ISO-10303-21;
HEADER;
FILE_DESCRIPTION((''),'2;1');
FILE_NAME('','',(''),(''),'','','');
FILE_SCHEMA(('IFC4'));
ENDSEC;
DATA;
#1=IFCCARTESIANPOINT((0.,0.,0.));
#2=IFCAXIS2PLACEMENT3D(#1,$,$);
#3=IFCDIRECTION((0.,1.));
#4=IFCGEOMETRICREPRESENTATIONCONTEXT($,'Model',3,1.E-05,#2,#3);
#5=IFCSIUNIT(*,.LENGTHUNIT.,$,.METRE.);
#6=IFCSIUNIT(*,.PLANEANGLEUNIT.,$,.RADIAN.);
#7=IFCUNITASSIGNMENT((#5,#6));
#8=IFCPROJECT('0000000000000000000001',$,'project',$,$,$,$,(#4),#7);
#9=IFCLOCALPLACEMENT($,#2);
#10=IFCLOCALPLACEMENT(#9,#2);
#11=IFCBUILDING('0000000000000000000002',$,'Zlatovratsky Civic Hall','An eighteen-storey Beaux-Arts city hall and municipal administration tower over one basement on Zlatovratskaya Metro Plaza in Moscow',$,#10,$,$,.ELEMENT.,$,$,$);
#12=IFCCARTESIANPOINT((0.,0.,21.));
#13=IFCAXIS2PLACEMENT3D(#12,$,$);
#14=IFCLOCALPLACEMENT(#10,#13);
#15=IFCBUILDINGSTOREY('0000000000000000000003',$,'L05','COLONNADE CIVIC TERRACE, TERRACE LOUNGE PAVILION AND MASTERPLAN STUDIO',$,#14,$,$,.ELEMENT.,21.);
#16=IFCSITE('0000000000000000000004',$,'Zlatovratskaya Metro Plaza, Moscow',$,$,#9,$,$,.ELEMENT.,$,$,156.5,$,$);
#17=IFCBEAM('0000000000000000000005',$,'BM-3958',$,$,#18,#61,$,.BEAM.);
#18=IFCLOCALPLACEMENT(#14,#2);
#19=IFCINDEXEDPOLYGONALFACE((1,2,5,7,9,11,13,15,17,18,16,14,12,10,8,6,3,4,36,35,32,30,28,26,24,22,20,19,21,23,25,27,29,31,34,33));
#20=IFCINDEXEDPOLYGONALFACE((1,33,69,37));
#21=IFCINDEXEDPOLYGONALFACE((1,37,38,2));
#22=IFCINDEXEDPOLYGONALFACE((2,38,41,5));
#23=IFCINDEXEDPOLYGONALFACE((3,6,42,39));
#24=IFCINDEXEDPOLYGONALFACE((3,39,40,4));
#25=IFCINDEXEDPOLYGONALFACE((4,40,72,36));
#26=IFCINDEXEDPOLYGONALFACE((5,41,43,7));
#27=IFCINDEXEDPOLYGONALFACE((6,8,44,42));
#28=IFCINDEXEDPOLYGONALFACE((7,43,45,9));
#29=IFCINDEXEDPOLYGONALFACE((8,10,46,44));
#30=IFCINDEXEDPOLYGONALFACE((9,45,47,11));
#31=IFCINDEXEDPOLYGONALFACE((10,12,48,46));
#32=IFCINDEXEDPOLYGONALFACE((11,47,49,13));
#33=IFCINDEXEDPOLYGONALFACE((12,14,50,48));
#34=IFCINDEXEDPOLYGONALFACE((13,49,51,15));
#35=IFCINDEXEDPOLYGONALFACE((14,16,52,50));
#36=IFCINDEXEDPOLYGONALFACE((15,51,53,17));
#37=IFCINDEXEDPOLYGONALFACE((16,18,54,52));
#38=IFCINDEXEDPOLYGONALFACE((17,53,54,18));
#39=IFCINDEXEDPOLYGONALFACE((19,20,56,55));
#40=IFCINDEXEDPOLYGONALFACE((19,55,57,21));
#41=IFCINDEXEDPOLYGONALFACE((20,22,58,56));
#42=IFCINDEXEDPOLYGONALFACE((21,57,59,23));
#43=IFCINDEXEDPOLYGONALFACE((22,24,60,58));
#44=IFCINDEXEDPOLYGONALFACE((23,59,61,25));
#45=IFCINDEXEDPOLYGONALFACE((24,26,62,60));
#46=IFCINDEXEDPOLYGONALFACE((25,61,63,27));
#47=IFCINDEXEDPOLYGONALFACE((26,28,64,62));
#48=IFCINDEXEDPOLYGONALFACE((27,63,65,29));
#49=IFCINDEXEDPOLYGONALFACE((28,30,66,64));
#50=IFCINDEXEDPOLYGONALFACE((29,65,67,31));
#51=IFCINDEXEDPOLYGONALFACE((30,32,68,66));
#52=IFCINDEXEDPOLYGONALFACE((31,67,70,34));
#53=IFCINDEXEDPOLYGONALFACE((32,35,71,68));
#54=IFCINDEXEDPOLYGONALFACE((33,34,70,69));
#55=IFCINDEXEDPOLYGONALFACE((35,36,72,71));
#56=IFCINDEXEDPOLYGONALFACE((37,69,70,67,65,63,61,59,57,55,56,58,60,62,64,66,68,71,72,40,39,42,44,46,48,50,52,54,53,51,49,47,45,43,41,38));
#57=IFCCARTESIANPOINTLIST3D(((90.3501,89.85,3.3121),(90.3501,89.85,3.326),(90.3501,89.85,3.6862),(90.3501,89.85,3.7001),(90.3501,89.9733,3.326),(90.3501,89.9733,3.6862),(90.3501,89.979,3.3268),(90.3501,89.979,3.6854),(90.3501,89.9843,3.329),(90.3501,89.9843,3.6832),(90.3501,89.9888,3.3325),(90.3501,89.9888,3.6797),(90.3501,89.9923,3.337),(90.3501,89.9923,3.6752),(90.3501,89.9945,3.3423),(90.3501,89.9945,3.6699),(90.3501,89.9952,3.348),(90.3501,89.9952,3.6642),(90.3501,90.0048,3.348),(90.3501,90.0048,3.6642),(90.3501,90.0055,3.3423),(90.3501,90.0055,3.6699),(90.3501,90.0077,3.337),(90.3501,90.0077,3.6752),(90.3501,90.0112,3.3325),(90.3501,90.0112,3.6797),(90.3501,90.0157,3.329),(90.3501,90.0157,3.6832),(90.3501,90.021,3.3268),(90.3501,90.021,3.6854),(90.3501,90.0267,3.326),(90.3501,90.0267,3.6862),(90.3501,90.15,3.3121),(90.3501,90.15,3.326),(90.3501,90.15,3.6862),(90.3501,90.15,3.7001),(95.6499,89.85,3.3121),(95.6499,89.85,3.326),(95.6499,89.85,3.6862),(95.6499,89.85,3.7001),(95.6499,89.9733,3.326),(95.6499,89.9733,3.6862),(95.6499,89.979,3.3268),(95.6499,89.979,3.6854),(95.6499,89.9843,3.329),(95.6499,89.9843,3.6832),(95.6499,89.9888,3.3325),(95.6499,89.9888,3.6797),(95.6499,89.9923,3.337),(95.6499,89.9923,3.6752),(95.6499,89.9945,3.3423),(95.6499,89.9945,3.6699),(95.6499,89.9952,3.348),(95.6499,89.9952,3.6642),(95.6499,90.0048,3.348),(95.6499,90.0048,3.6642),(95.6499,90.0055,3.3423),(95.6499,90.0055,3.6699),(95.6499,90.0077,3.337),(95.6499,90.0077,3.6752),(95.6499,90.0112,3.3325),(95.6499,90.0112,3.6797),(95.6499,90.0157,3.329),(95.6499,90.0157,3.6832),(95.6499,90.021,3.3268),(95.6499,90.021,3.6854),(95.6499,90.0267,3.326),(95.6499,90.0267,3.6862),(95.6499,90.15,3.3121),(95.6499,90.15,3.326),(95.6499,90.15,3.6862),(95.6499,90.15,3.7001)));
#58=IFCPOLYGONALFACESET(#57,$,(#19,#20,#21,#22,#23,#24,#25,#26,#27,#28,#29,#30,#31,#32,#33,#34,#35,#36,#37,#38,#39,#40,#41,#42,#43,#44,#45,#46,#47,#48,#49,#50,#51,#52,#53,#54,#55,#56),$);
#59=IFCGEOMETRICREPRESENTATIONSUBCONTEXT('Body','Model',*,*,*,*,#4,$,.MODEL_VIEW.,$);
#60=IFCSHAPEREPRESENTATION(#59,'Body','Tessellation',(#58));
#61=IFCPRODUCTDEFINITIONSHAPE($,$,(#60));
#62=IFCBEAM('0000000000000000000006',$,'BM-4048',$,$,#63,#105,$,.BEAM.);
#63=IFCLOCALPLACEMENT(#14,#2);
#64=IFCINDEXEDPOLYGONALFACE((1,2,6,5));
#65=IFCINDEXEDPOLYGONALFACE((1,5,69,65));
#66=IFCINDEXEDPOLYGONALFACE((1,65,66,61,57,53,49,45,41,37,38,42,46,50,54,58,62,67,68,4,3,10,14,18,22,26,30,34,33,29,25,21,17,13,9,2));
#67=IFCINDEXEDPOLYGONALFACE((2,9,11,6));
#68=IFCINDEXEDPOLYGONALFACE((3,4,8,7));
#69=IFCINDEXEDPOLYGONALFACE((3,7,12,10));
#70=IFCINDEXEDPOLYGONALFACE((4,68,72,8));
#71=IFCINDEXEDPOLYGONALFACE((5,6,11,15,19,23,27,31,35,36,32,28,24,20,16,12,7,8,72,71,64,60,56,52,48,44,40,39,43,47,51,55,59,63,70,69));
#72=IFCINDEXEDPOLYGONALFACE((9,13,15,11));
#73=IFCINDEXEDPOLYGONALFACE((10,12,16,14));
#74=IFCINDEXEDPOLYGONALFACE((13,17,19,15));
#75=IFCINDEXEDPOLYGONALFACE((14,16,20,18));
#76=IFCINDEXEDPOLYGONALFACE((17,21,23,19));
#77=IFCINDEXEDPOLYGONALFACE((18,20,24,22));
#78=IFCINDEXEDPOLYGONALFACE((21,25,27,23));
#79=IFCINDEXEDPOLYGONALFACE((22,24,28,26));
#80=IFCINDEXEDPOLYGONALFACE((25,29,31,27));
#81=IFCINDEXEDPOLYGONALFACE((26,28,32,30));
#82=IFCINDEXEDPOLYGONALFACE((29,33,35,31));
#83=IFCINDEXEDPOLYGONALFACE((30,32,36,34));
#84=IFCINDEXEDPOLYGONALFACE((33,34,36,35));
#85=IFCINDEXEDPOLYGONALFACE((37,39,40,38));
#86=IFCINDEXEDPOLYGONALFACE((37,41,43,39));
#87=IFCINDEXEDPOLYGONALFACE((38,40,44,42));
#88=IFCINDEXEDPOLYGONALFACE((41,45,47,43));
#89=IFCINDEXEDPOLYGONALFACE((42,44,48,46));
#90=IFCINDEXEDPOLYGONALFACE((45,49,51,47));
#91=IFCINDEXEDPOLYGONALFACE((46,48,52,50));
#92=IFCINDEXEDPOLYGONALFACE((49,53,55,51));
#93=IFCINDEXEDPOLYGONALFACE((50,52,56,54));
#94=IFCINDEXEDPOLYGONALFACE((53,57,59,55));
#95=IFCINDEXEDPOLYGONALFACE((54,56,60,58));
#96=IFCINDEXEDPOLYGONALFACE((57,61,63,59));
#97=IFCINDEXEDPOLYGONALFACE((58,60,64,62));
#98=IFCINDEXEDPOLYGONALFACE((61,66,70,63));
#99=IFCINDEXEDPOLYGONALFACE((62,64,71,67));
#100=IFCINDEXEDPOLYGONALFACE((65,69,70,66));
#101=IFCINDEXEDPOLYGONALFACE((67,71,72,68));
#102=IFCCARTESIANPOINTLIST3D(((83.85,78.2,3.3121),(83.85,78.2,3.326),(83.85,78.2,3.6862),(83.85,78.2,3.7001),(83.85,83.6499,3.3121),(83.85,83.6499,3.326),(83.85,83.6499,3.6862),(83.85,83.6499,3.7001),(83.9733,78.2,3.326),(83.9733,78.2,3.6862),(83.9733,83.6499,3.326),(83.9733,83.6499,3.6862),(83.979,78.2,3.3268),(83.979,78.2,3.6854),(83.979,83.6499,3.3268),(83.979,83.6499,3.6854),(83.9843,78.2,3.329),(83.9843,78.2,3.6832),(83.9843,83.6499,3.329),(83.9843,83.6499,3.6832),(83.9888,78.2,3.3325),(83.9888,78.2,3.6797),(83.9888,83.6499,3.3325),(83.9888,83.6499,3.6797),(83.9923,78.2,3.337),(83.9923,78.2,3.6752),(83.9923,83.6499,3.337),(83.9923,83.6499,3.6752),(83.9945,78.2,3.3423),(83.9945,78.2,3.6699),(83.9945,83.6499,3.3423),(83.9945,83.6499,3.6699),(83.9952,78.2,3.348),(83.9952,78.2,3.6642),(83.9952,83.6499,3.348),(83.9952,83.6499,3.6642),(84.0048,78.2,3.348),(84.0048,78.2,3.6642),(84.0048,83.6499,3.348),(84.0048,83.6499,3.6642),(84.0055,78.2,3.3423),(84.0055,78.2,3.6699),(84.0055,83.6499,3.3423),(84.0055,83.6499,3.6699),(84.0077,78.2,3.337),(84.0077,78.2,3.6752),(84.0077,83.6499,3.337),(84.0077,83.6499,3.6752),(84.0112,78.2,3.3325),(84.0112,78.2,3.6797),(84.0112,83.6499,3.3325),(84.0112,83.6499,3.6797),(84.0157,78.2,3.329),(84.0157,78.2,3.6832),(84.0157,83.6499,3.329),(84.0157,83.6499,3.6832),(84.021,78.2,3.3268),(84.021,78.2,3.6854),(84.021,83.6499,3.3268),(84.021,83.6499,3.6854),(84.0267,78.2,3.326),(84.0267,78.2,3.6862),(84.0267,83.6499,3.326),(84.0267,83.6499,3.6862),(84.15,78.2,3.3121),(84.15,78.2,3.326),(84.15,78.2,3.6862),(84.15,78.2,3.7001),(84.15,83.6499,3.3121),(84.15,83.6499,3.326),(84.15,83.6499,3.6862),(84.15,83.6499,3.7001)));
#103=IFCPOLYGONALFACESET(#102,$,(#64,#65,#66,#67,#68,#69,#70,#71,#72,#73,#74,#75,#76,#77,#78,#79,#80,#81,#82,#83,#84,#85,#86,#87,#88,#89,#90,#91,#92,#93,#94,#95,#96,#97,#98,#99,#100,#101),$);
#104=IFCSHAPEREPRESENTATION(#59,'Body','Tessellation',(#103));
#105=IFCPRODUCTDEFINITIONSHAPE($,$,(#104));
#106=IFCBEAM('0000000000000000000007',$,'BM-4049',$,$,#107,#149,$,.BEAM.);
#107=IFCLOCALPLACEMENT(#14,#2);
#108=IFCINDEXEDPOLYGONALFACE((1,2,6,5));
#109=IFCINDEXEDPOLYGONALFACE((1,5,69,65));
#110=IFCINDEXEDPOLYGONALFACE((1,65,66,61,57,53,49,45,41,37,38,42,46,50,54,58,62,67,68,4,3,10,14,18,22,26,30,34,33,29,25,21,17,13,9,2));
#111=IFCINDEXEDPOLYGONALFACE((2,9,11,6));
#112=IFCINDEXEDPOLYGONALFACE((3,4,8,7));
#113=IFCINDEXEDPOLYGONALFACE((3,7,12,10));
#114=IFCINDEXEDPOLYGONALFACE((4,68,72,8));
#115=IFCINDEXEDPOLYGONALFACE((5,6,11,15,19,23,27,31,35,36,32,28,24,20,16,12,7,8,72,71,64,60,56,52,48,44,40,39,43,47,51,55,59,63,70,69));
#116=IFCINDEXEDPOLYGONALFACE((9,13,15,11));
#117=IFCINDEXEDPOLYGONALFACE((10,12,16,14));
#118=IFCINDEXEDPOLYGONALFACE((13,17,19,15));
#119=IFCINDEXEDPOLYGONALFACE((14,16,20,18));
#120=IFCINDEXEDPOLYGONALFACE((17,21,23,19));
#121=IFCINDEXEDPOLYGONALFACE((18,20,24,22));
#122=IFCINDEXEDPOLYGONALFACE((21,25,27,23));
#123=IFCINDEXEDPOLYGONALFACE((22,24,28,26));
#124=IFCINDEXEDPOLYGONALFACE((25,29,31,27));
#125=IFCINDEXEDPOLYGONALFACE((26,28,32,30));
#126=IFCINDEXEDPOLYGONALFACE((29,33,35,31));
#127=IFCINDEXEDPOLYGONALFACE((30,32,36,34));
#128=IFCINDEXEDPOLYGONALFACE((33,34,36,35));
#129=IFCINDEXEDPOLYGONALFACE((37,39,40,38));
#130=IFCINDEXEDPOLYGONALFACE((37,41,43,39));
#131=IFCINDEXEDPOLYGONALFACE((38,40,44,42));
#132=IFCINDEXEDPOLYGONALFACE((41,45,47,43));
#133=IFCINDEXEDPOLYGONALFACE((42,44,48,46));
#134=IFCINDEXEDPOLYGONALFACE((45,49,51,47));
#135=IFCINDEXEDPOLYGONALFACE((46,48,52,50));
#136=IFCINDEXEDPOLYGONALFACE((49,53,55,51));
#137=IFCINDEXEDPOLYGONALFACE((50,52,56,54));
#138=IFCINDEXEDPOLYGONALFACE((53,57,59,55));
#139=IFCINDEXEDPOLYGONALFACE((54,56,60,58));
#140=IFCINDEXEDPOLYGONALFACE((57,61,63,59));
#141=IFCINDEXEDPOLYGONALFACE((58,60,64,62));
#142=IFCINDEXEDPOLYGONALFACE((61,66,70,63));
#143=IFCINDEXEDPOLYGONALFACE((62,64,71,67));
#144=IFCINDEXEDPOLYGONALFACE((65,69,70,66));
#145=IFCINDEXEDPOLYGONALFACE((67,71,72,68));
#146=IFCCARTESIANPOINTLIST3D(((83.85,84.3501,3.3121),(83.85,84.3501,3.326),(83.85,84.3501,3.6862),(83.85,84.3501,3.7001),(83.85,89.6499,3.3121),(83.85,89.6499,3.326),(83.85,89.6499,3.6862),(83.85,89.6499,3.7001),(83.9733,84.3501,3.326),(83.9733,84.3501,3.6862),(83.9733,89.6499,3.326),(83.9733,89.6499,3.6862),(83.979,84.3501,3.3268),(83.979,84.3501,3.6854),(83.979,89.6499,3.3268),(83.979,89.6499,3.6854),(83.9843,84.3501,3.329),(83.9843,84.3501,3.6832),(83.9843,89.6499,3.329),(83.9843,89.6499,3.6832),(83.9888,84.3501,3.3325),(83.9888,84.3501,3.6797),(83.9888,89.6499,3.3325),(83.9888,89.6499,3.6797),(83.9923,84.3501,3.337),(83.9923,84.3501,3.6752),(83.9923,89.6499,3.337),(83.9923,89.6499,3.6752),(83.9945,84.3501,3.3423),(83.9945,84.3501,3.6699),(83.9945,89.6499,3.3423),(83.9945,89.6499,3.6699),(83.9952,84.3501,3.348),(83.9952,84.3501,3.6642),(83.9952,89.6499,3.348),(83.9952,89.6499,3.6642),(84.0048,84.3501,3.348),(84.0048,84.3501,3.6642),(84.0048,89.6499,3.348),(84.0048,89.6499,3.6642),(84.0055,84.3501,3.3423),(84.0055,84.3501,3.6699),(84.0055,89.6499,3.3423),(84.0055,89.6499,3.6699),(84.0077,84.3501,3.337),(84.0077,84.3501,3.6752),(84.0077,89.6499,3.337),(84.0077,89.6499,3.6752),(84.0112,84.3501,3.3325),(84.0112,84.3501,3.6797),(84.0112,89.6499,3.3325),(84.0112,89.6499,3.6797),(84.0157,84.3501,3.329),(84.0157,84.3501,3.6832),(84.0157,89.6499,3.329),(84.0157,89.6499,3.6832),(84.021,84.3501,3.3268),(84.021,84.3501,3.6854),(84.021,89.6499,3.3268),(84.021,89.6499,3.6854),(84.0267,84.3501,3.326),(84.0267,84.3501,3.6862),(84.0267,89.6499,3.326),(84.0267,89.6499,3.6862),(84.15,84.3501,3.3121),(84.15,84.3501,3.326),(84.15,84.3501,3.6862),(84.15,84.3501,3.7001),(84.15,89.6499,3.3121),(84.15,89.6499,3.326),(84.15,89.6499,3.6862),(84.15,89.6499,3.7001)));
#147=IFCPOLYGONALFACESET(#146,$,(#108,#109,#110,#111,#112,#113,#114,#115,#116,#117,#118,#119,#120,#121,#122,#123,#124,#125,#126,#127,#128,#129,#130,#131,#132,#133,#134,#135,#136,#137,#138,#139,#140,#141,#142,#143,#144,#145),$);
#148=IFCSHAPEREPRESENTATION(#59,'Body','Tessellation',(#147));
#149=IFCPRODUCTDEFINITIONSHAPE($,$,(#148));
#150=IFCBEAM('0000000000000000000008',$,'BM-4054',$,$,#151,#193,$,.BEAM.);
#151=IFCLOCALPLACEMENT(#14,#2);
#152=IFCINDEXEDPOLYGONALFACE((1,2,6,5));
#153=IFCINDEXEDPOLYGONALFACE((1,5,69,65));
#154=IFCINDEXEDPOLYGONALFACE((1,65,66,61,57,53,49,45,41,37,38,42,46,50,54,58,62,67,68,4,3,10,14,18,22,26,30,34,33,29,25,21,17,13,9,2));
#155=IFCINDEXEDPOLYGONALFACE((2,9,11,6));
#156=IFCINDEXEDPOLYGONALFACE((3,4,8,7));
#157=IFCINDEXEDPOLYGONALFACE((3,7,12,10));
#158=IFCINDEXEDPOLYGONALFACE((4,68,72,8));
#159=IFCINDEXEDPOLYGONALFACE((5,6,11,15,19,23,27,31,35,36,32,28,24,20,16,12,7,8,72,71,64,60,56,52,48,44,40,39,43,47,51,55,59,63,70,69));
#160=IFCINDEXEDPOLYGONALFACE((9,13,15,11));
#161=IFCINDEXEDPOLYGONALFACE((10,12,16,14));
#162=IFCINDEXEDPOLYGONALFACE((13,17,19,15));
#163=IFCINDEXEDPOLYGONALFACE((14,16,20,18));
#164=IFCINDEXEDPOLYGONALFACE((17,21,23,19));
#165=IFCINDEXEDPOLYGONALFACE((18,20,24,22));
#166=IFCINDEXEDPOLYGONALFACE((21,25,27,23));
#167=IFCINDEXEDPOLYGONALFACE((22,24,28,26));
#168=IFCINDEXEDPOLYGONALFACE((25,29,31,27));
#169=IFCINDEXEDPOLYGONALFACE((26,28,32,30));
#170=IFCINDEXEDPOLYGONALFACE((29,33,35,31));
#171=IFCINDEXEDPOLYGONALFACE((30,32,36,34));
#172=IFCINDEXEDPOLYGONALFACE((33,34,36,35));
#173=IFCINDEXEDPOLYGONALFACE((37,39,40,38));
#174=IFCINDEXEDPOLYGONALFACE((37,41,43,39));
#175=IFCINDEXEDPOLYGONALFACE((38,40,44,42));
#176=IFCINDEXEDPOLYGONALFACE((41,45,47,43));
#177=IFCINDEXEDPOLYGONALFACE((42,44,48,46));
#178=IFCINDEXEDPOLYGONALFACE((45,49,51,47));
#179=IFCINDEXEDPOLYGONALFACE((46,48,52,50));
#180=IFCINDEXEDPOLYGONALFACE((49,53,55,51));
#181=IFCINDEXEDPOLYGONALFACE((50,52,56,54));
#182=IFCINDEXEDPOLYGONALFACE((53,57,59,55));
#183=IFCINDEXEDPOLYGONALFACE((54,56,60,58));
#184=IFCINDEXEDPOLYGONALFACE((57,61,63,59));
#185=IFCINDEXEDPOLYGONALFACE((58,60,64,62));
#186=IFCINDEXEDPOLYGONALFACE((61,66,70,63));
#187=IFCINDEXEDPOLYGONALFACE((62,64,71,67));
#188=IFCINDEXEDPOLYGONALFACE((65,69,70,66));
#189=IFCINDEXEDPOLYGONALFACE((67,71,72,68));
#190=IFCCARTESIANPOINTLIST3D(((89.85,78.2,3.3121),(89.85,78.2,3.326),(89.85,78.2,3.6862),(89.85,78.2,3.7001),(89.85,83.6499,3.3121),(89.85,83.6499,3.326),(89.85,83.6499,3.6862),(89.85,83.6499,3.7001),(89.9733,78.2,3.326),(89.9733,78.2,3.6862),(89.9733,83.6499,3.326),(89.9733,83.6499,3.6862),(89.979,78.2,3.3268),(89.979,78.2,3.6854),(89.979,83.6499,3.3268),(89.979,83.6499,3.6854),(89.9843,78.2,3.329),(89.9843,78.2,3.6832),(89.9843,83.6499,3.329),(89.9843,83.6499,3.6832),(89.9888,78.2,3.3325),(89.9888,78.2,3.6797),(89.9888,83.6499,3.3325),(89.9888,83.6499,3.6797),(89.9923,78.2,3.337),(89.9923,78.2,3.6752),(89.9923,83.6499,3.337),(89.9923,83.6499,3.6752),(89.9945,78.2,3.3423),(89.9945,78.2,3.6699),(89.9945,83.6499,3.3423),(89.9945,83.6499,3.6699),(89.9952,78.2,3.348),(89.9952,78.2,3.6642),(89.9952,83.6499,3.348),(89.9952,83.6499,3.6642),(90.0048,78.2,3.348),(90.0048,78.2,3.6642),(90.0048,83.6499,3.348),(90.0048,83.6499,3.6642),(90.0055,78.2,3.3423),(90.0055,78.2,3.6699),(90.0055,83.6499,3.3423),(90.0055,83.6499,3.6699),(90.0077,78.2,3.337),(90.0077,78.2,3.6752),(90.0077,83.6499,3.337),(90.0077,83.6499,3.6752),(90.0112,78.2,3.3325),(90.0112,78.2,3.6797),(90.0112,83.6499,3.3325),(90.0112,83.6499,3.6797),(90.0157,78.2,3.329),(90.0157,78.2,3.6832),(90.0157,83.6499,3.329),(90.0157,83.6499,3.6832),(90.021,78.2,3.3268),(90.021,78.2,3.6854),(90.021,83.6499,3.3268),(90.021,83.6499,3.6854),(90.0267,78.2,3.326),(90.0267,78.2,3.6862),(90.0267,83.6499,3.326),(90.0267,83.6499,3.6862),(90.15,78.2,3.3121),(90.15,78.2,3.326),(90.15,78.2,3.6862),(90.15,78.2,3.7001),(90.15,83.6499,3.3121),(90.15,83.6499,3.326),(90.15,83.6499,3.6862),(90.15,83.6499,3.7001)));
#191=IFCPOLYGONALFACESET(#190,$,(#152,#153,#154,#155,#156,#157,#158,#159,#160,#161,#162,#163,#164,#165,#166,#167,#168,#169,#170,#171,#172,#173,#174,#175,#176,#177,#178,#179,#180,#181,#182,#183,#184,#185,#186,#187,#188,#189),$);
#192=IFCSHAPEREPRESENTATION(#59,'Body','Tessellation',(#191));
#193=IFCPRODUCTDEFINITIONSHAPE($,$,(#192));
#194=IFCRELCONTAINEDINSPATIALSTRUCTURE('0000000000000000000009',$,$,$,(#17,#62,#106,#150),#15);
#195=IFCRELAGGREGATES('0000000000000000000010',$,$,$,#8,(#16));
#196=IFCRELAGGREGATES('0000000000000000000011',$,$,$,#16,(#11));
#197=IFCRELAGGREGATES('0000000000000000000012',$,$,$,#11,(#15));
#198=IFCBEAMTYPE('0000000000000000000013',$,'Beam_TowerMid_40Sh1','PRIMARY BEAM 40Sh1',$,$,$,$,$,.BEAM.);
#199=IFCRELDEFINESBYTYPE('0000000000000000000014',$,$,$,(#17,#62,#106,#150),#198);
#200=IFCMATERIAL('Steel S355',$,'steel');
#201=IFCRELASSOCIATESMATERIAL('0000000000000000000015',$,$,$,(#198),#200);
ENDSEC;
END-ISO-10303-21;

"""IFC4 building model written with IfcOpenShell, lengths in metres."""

from ifc_helpers import new_model, si_unit, direction, frame, origin, origin_2d, place, context, subcontext, project, spatial, i_section, extrude, material, material_profile, profile_set, type_object, element, save


model = new_model("IFC4")

# Units and contexts
model_context = context("Model", 3, precision=1e-05, world=origin(), true_north=direction((0.0, 1.0)))
body_context = subcontext(model_context, "Body", "Model", "MODEL_VIEW")
ifc_project = project(units=[si_unit("LENGTHUNIT", "METRE"), si_unit("PLANEANGLEUNIT", "RADIAN")], contexts=[model_context])

# Site, building, storey
site_placement = place(None, origin())
site = spatial("IfcSite", under=ifc_project, at=site_placement, Name="Zlatovratskaya Metro Plaza, Moscow", CompositionType="ELEMENT", RefElevation=156.5)
building_placement = place(site_placement, origin())
building = spatial("IfcBuilding", under=site, at=building_placement, Name="Zlatovratsky Civic Hall", Description="An eighteen-storey Beaux-Arts city hall and municipal administration tower over one basement on Zlatovratskaya Metro Plaza in Moscow", CompositionType="ELEMENT")
storey_placement = place(building_placement, frame((0.0, 0.0, 21.0)))
storey = spatial("IfcBuildingStorey", under=building, at=storey_placement, Name="L05", Description="COLONNADE CIVIC TERRACE, TERRACE LOUNGE PAVILION AND MASTERPLAN STUDIO", CompositionType="ELEMENT", Elevation=21.0)

# Beams
ifc_material_1 = material(Name="Steel S355", Category="steel")
ifc_material_profile_1 = material_profile(ifc_material_1, i_section(OverallWidth=0.3, OverallDepth=0.3879, WebThickness=0.0095, FlangeThickness=0.0139, FilletRadius=0.022, at=origin_2d()), Name="40Sh1")
ifc_profile_set_1 = profile_set([ifc_material_profile_1], Name="Steel S355")
beam_type = type_object("IfcBeamType", Name="Beam_TowerMid_40Sh1", Description="PRIMARY BEAM 40Sh1", PredefinedType="BEAM", material=ifc_profile_set_1)
for number, where, z_axis, x_axis, name in (
    (1, (90.3501, 90.0, 3.5061), (1.0, 0.0, 0.0), (0.0, 1.0, 0.0), "BM-3958"),
):
    element("IfcBeam", number, at=place(storey_placement, frame(where, z_axis=z_axis, x_axis=x_axis)), inside=storey, type_object=beam_type, Name=name, PredefinedType="BEAM", context=body_context, shape_type="SweptSolid", body=[
        extrude(i_section(OverallWidth=0.3, OverallDepth=0.3879, WebThickness=0.0095, FlangeThickness=0.0139, FilletRadius=0.022, at=origin_2d()), origin(), (0.0, 0.0, 1.0), 5.2998),
    ])
beam_1_placement = place(storey_placement, frame((84.0, 78.2, 3.5061), z_axis=(0.0, 1.0, 0.0), x_axis=(-1.0, 0.0, 0.0)))
element("IfcBeam", 2, at=beam_1_placement, inside=storey, type_object=beam_type, Name="BM-4048", PredefinedType="BEAM", context=body_context, shape_type="SweptSolid", body=[
    extrude(i_section(OverallWidth=0.3, OverallDepth=0.3879, WebThickness=0.0095, FlangeThickness=0.0139, FilletRadius=0.022, at=origin_2d()), origin(), (0.0, 0.0, 1.0), 5.45),
])
beam_2_placement = place(storey_placement, frame((84.0, 84.3501, 3.5061), z_axis=(0.0, 1.0, 0.0), x_axis=(-1.0, 0.0, 0.0)))
element("IfcBeam", 3, at=beam_2_placement, inside=storey, type_object=beam_type, Name="BM-4049", PredefinedType="BEAM", context=body_context, shape_type="SweptSolid", body=[
    extrude(i_section(OverallWidth=0.3, OverallDepth=0.3879, WebThickness=0.0095, FlangeThickness=0.0139, FilletRadius=0.022, at=origin_2d()), origin(), (0.0, 0.0, 1.0), 5.2998),
])
beam_3_placement = place(storey_placement, frame((90.0, 78.2, 3.5061), z_axis=(0.0, 1.0, 0.0), x_axis=(-1.0, 0.0, 0.0)))
element("IfcBeam", 4, at=beam_3_placement, inside=storey, type_object=beam_type, Name="BM-4054", PredefinedType="BEAM", context=body_context, shape_type="SweptSolid", body=[
    extrude(i_section(OverallWidth=0.3, OverallDepth=0.3879, WebThickness=0.0095, FlangeThickness=0.0139, FilletRadius=0.022, at=origin_2d()), origin(), (0.0, 0.0, 1.0), 5.45),
])

save(model, "model.ifc")
